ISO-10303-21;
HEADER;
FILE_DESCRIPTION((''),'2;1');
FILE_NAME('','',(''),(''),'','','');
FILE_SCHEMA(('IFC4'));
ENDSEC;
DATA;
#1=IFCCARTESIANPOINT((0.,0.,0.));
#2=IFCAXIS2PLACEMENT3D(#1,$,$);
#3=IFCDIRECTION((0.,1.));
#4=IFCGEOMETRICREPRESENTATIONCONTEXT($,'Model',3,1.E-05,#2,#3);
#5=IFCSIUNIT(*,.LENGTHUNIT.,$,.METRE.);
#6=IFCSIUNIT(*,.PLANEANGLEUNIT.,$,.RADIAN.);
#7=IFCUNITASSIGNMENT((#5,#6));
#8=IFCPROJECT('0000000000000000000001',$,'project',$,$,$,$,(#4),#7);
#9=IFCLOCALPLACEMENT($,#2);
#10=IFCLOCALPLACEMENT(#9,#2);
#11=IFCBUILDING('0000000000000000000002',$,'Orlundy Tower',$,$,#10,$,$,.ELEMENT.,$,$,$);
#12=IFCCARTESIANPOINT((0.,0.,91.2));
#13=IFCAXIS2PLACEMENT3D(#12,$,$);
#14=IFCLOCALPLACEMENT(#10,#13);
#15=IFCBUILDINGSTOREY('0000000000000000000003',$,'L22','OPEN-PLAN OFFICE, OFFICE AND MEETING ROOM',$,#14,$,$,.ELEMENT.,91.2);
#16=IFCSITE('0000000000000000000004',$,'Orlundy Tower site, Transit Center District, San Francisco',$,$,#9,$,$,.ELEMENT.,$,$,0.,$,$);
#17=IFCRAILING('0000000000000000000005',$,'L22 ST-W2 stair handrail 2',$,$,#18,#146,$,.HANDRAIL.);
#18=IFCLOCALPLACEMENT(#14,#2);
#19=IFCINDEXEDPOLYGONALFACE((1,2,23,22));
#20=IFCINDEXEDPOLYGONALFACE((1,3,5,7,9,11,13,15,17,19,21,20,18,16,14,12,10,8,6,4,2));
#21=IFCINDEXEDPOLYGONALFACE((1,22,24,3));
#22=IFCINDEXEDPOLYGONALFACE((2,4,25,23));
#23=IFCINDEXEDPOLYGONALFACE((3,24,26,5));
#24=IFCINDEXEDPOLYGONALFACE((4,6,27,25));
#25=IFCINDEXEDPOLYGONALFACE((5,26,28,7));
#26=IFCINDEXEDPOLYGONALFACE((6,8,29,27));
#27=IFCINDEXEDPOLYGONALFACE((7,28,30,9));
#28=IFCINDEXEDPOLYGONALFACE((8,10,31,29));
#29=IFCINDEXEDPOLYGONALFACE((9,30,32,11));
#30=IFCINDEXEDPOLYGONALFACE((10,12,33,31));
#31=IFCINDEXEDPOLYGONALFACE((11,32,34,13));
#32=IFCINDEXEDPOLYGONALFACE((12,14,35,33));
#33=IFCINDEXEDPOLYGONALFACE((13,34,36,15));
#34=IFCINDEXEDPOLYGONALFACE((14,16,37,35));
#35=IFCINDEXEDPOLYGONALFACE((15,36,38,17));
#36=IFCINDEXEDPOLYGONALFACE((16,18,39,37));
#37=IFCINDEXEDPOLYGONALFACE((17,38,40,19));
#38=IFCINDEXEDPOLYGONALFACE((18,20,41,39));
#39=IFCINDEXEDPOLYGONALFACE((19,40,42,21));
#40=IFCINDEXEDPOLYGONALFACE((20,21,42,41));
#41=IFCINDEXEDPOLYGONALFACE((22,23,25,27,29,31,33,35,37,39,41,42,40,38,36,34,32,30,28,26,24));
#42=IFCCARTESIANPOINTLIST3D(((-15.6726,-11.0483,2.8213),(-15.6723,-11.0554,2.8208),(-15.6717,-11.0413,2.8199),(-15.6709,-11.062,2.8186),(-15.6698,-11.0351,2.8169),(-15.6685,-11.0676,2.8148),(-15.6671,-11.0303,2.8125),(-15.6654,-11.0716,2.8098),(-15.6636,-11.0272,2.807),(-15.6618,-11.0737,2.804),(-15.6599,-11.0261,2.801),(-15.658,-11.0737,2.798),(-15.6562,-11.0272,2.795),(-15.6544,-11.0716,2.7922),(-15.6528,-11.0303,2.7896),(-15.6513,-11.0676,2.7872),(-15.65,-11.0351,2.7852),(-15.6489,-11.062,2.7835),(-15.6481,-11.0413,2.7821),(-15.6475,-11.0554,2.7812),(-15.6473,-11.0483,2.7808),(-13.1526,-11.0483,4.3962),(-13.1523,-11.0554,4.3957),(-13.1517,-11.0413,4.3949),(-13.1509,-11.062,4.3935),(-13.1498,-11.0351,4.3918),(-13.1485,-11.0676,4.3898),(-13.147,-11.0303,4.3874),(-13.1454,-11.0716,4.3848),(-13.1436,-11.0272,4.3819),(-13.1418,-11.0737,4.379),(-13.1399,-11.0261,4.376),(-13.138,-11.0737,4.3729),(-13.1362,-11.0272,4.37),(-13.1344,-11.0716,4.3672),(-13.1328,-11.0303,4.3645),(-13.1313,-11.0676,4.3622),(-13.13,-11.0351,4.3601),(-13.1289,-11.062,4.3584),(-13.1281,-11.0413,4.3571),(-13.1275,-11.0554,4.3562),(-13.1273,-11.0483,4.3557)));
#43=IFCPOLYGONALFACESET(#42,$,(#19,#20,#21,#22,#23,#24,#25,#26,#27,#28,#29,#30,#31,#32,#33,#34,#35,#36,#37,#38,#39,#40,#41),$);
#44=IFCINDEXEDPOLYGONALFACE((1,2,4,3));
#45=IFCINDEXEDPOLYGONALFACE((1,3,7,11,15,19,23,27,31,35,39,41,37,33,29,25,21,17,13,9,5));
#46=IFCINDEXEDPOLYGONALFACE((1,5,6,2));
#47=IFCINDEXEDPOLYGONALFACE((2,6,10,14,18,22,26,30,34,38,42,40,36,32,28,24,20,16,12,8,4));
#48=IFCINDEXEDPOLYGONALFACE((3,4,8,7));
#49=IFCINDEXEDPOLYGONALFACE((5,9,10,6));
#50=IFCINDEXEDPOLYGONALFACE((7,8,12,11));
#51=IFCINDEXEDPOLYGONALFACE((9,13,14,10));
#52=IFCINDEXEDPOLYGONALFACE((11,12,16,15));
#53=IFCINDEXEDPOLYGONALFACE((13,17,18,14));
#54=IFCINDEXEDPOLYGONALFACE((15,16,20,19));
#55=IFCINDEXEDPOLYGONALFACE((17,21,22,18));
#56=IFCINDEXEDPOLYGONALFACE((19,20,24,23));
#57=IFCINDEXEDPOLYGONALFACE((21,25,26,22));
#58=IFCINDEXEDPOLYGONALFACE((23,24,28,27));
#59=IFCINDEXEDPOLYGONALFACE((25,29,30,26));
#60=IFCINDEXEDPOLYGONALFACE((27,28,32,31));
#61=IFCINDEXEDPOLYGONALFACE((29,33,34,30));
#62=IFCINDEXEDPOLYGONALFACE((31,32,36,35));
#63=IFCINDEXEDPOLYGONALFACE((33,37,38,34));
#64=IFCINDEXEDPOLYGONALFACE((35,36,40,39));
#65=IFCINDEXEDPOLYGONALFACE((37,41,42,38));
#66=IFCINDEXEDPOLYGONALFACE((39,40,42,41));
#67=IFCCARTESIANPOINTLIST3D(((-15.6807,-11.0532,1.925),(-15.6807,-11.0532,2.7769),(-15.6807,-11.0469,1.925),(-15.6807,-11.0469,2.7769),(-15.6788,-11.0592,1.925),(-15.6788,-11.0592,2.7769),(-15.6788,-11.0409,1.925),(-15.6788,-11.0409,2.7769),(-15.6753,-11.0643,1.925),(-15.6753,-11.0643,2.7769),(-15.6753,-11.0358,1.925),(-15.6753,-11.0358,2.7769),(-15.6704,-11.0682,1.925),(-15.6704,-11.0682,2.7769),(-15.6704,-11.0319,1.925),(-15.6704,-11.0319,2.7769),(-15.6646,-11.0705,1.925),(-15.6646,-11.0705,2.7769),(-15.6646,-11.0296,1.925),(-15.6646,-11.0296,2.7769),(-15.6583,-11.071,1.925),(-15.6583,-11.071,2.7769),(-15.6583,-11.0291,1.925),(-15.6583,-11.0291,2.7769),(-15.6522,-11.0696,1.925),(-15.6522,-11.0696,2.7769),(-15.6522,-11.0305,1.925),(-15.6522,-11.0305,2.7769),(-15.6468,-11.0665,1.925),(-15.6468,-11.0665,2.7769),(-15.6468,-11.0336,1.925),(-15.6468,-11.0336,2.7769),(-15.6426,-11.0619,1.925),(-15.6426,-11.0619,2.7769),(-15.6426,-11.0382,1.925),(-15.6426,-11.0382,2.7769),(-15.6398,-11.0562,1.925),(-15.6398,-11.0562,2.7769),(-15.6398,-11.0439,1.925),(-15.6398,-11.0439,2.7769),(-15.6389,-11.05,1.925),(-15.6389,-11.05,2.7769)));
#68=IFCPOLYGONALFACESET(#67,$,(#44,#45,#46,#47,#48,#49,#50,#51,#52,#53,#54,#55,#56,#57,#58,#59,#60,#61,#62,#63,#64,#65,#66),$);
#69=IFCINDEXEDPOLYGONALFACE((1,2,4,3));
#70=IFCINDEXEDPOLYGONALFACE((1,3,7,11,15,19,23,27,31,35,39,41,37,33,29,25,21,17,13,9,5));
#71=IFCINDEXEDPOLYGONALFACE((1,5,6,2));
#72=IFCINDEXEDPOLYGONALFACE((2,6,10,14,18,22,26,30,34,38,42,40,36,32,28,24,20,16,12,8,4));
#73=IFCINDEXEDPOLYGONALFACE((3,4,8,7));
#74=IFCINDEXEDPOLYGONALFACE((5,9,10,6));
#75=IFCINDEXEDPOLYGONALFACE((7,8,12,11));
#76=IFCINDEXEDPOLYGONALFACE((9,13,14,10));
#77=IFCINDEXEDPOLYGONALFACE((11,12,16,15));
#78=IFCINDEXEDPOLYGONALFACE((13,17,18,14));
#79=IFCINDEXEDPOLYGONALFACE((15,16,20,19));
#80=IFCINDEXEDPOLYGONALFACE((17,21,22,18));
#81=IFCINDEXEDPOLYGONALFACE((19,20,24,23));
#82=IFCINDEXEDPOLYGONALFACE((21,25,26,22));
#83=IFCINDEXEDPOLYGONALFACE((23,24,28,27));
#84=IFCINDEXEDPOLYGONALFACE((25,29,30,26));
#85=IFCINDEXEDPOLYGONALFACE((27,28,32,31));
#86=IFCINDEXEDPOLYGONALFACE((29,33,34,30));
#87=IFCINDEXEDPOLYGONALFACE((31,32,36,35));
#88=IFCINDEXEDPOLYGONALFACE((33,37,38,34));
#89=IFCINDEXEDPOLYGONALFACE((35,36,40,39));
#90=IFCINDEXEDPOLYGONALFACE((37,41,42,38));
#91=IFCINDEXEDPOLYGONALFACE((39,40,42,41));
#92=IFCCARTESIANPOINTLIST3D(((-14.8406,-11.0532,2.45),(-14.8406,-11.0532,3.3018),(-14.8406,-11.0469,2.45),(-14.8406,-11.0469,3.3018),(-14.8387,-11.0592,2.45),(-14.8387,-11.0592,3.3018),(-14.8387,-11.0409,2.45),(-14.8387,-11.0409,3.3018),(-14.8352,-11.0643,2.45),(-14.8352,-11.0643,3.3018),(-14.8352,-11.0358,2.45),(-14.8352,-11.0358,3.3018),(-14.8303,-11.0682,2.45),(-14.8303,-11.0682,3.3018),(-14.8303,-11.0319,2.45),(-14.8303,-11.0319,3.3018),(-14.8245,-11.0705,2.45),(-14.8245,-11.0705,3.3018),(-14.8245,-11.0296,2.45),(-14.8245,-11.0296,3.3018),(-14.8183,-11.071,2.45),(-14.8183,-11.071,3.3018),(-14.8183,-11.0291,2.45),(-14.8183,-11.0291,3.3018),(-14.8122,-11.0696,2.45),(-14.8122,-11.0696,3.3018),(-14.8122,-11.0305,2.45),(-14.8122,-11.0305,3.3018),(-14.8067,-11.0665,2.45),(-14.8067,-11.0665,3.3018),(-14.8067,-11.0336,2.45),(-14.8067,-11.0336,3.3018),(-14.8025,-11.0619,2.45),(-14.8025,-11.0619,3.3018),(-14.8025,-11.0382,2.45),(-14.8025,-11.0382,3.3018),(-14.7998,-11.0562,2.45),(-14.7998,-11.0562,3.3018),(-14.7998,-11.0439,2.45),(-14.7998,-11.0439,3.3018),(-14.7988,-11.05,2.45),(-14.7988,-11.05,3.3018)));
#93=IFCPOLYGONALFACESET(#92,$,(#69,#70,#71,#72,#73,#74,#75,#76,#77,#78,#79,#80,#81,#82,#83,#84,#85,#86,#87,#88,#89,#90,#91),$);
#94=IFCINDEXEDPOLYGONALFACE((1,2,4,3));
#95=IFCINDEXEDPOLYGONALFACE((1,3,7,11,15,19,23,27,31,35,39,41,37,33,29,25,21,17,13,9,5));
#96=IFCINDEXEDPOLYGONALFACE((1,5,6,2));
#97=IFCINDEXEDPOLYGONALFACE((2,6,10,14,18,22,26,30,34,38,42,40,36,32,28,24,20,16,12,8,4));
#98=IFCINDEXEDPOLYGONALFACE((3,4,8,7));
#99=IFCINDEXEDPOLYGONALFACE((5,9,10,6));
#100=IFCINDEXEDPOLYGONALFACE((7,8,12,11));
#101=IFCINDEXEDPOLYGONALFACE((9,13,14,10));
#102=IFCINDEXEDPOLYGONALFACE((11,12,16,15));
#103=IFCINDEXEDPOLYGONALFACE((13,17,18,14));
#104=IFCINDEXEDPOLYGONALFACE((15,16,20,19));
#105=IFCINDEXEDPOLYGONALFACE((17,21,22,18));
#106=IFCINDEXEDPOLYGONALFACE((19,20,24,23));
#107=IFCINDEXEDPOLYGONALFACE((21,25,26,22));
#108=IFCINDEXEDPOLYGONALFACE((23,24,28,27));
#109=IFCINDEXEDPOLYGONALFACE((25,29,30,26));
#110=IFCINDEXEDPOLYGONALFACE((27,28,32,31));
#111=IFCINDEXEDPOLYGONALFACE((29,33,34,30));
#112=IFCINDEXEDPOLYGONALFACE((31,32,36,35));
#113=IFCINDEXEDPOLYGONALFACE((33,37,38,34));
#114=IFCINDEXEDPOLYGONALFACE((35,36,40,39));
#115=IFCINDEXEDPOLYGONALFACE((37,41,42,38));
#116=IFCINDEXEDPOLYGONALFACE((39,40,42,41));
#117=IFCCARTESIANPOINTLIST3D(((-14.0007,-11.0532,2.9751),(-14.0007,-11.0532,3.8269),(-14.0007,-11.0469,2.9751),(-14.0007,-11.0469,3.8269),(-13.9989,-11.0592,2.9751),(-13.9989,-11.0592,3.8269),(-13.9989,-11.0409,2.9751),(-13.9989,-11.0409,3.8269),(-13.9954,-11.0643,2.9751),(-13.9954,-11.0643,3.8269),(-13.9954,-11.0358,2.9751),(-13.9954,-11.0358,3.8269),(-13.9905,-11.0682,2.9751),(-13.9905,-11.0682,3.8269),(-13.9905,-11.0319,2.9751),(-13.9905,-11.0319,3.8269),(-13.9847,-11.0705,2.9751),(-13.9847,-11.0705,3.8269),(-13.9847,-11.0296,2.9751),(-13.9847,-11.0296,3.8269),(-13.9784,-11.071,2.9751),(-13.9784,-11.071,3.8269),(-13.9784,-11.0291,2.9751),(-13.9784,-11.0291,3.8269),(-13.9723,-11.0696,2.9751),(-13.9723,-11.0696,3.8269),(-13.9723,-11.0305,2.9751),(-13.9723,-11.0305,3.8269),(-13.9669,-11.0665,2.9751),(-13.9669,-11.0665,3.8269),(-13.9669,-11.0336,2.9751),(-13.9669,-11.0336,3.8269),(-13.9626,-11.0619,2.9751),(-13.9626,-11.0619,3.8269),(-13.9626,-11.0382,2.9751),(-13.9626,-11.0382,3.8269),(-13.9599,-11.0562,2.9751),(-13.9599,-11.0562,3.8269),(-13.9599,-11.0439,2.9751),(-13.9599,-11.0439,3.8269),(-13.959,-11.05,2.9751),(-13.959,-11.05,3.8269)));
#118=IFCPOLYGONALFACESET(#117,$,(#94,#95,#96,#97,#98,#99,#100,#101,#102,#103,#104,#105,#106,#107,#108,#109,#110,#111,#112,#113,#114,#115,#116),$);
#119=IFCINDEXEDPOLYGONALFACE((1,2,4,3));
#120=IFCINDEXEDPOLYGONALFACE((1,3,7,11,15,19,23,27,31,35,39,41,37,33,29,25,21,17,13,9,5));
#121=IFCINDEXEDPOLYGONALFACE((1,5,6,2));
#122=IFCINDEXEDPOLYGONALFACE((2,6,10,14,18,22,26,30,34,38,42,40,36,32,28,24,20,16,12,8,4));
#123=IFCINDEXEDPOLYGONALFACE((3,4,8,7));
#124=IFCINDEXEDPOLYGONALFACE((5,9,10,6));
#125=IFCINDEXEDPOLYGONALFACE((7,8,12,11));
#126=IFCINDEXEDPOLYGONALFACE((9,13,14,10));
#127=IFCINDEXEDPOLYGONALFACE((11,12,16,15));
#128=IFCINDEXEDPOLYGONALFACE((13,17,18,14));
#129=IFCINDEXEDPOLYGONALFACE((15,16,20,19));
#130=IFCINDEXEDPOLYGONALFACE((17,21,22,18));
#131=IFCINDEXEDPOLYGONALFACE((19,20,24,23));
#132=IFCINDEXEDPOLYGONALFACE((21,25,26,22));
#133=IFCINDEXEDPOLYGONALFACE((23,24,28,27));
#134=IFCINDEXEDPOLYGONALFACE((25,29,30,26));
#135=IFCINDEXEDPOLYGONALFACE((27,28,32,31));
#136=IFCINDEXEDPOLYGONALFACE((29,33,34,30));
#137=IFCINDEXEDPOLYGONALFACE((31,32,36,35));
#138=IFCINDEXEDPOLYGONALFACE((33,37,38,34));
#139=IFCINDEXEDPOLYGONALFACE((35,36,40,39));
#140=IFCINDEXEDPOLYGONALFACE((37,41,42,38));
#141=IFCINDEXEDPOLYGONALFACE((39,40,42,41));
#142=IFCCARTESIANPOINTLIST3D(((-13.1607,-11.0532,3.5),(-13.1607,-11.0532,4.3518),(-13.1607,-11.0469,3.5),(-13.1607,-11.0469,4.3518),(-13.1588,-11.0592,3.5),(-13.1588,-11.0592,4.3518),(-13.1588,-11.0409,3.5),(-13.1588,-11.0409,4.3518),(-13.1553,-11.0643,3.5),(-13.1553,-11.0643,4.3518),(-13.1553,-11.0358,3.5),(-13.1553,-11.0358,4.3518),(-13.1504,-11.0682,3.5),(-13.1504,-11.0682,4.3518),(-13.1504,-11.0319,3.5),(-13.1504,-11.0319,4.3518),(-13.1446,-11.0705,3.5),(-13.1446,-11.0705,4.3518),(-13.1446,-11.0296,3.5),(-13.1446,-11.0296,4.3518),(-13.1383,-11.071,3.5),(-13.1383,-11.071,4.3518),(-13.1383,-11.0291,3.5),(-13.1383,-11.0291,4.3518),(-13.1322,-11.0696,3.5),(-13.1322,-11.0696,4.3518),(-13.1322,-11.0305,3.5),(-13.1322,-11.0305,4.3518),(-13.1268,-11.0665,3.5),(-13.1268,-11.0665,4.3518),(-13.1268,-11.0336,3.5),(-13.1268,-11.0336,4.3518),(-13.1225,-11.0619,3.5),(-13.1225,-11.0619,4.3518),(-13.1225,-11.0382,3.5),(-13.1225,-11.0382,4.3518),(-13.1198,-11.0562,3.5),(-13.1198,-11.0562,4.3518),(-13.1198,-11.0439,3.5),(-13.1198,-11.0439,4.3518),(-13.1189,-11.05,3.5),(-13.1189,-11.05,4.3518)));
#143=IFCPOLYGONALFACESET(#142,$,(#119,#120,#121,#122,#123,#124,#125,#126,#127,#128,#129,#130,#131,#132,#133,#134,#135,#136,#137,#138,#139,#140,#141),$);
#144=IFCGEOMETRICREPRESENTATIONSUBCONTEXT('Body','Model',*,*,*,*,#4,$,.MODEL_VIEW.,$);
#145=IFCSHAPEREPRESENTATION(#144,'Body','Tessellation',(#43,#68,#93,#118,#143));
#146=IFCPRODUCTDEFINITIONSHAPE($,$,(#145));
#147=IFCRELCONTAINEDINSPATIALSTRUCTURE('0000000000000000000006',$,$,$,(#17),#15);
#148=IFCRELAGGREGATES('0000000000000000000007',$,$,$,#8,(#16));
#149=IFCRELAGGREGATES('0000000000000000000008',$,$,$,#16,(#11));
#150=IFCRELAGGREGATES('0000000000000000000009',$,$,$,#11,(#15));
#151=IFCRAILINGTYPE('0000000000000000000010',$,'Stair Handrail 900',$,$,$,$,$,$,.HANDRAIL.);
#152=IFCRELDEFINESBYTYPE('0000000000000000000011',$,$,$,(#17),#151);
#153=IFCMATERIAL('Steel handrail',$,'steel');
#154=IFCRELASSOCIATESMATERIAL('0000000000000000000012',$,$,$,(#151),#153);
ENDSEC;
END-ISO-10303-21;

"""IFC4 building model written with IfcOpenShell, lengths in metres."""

from ifc_helpers import new_model, si_unit, direction, frame, origin, origin_2d, place, context, subcontext, project, spatial, circle, extrude, material, type_object, element, save


model = new_model("IFC4")

# Units and contexts
model_context = context("Model", 3, precision=1e-05, world=origin(), true_north=direction((0.0, 1.0)))
body_context = subcontext(model_context, "Body", "Model", "MODEL_VIEW")
ifc_project = project(units=[si_unit("LENGTHUNIT", "METRE"), si_unit("PLANEANGLEUNIT", "RADIAN")], contexts=[model_context])

# Site, building, storey
site_placement = place(None, origin())
site = spatial("IfcSite", under=ifc_project, at=site_placement, Name="Orlundy Tower site, Transit Center District, San Francisco", CompositionType="ELEMENT", RefElevation=0.0)
building_placement = place(site_placement, origin())
building = spatial("IfcBuilding", under=site, at=building_placement, Name="Orlundy Tower", CompositionType="ELEMENT")
storey_placement = place(building_placement, frame((0.0, 0.0, 91.2)))
storey = spatial("IfcBuildingStorey", under=building, at=storey_placement, Name="L22", Description="OPEN-PLAN OFFICE, OFFICE AND MEETING ROOM", CompositionType="ELEMENT", Elevation=91.2)

# Railing
ifc_material_1 = material(Name="Steel handrail", Category="steel")
railing_type_1 = type_object("IfcRailingType", Name="Stair Handrail 900", PredefinedType="HANDRAIL", material=ifc_material_1)
railing_1_placement = place(storey_placement, frame((-15.6599, -11.05, 1.925)))
element("IfcRailing", 1, at=railing_1_placement, inside=storey, type_object=railing_type_1, Name="L22 ST-W2 stair handrail 2", PredefinedType="HANDRAIL", context=body_context, shape_type="SweptSolid", body=[
    extrude(circle(Radius=0.0239, at=origin_2d()), frame((0.0, 0.0, 0.876), z_axis=(0.848008, 0.0, 0.529984), x_axis=(0.0, 1.0, 0.0)), (0.0, 0.0, 1.0), 2.9717),
    extrude(circle(Radius=0.021, at=origin_2d()), origin(), (0.0, 0.0, 1.0), 0.8518),
    extrude(circle(Radius=0.021, at=origin_2d()), frame((0.8401, 0.0, 0.5249)), (0.0, 0.0, 1.0), 0.8518),
    extrude(circle(Radius=0.021, at=origin_2d()), frame((1.6799, 0.0, 1.05)), (0.0, 0.0, 1.0), 0.8518),
    extrude(circle(Radius=0.021, at=origin_2d()), frame((2.52, 0.0, 1.575)), (0.0, 0.0, 1.0), 0.8518),
])

save(model, "model.ifc")
